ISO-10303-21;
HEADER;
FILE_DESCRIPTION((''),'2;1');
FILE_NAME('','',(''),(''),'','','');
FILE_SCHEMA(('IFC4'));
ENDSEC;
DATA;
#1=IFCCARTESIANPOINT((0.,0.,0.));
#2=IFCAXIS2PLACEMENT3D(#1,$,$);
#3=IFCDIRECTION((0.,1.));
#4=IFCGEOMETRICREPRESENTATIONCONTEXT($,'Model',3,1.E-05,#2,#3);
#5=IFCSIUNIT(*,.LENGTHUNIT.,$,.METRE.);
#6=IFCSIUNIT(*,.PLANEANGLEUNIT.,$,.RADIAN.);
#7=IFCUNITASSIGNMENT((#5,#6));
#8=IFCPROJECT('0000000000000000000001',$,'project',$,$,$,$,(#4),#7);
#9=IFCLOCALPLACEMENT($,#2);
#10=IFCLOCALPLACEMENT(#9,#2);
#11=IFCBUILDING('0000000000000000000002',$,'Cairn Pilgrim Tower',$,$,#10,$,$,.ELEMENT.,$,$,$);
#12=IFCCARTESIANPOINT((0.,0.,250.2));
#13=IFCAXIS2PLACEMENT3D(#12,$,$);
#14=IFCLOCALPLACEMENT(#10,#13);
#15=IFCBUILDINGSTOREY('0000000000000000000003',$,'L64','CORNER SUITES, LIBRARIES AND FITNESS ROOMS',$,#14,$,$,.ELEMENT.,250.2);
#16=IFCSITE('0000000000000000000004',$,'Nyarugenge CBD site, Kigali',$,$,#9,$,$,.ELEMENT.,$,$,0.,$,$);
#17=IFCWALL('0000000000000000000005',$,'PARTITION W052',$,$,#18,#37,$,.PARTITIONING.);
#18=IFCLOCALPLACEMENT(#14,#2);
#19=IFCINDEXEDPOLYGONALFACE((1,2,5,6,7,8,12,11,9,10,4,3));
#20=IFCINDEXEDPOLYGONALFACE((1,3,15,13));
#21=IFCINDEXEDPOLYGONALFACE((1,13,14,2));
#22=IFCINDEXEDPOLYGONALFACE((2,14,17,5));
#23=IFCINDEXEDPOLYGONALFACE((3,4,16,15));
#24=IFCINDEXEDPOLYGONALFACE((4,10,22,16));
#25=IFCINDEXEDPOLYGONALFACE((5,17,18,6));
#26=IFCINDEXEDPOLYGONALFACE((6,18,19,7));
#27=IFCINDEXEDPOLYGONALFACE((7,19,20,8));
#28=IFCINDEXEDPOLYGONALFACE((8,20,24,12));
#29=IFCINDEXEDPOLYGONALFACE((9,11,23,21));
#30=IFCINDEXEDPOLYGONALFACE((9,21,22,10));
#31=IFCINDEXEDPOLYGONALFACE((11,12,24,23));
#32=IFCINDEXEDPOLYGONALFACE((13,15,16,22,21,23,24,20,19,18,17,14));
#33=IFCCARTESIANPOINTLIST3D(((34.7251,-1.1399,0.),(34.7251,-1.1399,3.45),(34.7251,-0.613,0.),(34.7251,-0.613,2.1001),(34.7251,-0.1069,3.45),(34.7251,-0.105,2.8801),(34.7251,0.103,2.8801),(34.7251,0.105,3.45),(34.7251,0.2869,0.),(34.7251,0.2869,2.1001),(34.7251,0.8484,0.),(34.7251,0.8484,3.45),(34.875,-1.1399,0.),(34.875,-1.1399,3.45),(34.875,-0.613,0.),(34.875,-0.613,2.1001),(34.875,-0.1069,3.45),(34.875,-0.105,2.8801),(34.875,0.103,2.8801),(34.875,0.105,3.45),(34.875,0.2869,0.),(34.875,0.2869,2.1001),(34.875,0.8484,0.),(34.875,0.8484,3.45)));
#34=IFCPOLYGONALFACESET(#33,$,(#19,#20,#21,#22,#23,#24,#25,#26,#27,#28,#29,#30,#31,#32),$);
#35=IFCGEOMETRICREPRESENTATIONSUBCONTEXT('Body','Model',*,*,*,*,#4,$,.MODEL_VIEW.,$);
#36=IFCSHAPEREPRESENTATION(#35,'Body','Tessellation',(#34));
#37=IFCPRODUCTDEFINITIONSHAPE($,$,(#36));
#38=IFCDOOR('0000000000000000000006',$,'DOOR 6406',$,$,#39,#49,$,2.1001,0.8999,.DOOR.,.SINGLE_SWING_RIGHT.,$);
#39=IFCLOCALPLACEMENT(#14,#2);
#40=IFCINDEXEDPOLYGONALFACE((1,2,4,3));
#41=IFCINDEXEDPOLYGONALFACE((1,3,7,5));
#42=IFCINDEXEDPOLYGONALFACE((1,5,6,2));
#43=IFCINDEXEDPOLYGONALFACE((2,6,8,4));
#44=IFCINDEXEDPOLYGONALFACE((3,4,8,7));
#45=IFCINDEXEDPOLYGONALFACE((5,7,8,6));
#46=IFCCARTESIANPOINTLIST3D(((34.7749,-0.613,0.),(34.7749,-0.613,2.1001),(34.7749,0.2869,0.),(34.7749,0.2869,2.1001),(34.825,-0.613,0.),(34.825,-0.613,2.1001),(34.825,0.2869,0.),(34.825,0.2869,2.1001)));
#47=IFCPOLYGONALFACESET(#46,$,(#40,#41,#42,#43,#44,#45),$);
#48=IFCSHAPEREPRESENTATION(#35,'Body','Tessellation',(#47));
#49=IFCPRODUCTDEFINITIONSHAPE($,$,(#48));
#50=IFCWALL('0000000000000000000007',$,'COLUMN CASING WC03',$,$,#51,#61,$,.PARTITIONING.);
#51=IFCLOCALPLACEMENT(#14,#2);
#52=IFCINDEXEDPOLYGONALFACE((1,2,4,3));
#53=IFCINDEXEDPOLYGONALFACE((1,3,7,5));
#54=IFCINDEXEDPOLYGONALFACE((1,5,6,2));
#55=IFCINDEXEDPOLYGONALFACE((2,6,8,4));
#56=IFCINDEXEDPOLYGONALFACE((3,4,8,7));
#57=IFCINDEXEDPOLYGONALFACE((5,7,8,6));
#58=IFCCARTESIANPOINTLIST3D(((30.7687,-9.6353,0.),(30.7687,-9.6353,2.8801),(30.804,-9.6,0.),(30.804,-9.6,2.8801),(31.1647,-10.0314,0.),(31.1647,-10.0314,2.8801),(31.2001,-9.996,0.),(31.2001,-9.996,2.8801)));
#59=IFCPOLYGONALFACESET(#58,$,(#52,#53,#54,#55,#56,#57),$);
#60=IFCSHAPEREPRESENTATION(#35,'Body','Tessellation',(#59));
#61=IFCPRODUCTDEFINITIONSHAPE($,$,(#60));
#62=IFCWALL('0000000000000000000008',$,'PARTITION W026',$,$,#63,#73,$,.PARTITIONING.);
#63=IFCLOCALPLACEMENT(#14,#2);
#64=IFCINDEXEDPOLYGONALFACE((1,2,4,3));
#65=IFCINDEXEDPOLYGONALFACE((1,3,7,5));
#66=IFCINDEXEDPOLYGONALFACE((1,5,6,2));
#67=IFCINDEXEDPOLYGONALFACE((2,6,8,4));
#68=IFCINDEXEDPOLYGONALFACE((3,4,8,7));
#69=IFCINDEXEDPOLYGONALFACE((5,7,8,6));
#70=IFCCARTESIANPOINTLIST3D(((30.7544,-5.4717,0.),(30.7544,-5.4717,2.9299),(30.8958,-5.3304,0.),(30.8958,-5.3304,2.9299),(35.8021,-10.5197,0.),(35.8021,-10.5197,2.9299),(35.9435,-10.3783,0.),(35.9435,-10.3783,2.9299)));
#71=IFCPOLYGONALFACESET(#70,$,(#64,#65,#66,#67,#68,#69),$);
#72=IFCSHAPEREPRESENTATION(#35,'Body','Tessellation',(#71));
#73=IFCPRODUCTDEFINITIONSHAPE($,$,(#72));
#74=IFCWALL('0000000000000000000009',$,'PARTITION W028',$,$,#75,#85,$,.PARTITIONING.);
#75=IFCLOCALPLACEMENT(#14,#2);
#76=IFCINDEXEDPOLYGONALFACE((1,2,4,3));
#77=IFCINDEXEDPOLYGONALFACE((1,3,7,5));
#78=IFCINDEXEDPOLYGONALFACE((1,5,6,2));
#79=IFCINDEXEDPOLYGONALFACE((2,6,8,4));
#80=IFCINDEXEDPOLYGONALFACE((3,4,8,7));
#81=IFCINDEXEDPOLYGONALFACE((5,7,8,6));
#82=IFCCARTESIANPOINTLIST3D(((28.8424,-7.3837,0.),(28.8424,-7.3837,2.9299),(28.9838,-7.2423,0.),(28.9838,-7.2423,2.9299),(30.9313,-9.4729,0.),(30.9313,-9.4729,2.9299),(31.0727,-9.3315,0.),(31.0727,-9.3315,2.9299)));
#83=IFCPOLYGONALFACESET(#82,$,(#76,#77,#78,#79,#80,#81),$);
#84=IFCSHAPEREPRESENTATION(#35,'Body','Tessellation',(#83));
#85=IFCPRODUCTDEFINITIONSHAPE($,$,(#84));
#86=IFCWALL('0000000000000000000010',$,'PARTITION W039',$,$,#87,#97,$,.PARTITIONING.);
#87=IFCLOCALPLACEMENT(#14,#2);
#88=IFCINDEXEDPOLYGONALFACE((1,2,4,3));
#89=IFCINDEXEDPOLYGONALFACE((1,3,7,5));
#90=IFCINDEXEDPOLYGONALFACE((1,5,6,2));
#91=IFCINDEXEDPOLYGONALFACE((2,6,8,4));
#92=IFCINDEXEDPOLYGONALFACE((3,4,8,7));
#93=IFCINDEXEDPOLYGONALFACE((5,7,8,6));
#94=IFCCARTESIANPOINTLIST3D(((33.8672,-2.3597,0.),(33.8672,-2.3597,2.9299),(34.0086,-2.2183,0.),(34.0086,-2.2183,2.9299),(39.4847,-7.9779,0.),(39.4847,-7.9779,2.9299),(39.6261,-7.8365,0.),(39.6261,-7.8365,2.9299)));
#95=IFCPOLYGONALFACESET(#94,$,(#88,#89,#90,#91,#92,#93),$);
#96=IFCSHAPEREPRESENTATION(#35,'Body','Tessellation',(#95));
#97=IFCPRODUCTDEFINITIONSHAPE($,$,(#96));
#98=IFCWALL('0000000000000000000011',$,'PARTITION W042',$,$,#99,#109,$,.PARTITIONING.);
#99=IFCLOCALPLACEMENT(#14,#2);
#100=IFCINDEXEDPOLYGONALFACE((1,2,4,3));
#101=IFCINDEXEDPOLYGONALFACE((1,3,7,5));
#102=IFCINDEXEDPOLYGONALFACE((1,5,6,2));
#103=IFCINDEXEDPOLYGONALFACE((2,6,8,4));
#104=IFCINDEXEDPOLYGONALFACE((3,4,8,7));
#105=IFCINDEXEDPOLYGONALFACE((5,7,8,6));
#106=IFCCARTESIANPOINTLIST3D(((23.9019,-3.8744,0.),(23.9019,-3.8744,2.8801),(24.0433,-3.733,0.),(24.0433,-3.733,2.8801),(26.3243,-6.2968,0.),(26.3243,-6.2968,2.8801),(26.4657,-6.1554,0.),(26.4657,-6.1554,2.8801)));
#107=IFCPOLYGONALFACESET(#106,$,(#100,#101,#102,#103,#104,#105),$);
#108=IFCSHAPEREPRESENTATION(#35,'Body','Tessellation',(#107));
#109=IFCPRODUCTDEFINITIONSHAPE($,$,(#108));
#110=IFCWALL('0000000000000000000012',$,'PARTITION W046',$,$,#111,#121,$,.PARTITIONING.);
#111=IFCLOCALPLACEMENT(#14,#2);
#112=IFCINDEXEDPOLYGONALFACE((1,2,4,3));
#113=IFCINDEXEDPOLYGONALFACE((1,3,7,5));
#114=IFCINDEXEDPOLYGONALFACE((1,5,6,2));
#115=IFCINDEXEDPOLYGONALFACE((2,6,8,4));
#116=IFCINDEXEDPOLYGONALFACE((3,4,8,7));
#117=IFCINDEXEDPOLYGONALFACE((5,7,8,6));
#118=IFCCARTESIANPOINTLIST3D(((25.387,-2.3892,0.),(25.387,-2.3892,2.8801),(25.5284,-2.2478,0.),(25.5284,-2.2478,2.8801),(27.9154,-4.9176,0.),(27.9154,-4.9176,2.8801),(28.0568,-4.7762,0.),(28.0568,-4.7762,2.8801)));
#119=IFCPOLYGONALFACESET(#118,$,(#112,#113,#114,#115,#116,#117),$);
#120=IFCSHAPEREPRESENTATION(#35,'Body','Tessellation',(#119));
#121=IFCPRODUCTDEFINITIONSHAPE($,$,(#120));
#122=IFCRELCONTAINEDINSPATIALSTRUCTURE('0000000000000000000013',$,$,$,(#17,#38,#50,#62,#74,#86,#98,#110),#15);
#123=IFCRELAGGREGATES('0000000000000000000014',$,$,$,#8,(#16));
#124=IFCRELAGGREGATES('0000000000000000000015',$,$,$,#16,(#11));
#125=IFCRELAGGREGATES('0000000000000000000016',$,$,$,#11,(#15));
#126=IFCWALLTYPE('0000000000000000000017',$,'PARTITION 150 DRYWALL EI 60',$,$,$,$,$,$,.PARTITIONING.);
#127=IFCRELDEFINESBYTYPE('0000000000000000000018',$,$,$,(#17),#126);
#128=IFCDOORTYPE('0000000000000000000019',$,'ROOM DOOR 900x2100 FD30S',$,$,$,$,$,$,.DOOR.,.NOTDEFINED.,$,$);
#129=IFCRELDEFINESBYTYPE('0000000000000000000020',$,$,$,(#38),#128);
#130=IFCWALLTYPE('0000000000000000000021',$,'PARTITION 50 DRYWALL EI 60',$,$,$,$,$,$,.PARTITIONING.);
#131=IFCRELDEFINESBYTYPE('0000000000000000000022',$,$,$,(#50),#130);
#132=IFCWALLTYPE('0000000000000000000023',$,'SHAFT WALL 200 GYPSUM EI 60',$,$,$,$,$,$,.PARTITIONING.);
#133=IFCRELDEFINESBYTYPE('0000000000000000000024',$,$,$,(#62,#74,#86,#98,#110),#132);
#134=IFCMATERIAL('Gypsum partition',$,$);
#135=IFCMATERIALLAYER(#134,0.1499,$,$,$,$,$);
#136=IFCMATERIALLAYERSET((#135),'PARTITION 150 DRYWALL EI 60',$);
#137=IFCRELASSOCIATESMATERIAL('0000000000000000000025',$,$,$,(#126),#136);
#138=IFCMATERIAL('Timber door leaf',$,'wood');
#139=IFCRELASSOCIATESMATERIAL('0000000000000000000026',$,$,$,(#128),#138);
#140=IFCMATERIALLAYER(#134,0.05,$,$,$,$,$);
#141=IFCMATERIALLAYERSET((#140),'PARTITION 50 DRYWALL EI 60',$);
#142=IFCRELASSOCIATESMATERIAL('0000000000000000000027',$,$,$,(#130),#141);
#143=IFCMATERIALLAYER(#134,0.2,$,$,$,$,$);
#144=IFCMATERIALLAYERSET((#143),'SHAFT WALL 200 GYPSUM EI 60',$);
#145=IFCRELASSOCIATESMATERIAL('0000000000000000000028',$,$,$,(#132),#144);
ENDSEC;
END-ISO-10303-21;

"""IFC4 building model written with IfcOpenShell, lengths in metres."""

from ifc_helpers import new_model, si_unit, direction, frame, frame_2d, origin, place, context, subcontext, project, spatial, polyline, rectangle, outline, extrude, material, layer, layer_set, type_object, element, fill, save


model = new_model("IFC4")

# Units and contexts
model_context = context("Model", 3, precision=1e-05, world=origin(), true_north=direction((0.0, 1.0)))
body_context = subcontext(model_context, "Body", "Model", "MODEL_VIEW")
ifc_project = project(units=[si_unit("LENGTHUNIT", "METRE"), si_unit("PLANEANGLEUNIT", "RADIAN")], contexts=[model_context])

# Site, building, storey
site_placement = place(None, origin())
site = spatial("IfcSite", under=ifc_project, at=site_placement, Name="Nyarugenge CBD site, Kigali", CompositionType="ELEMENT", RefElevation=0.0)
building_placement = place(site_placement, origin())
building = spatial("IfcBuilding", under=site, at=building_placement, Name="Cairn Pilgrim Tower", CompositionType="ELEMENT")
storey_placement = place(building_placement, frame((0.0, 0.0, 250.2)))
storey = spatial("IfcBuildingStorey", under=building, at=storey_placement, Name="L64", Description="CORNER SUITES, LIBRARIES AND FITNESS ROOMS", CompositionType="ELEMENT", Elevation=250.2)

# Shared definitions
ifc_material_1 = material(Name="Gypsum partition")
ifc_layer_1 = layer(ifc_material_1, 0.1499)
ifc_layer_set_1 = layer_set([ifc_layer_1], Name="PARTITION 150 DRYWALL EI 60")
wall_type_1 = type_object("IfcWallType", Name="PARTITION 150 DRYWALL EI 60", PredefinedType="PARTITIONING", material=ifc_layer_set_1)
ifc_material_2 = material(Name="Timber door leaf", Category="wood")

# Wall, opening, door
wall_1_placement = place(storey_placement, frame((34.8, -1.1399, 0.0), z_axis=(0.0, 0.0, 1.0), x_axis=(0.0, 1.0, 0.0)))
wall_1 = element("IfcWall", 1, at=wall_1_placement, inside=storey, type_object=wall_type_1, Name="PARTITION W052", PredefinedType="PARTITIONING", context=body_context, shape_type="SweptSolid", body=[
    extrude(outline(polyline([(0.0, 0.0), (1.9883, 0.0), (1.9883, 3.45), (1.2449, 3.45), (1.2429, 2.8801), (1.0349, 2.8801), (1.033, 3.45), (0.0, 3.45), (0.0, 0.0)])), frame((0.0, 0.075, 0.0), z_axis=(0.0, -1.0, 0.0), x_axis=(1.0, 0.0, 0.0)), (0.0, 0.0, 1.0), 0.1499),
])
opening_1_placement = place(wall_1_placement, frame((0.5269, 0.0, 0.0)))
opening_1 = element("IfcOpeningElement", 2, at=opening_1_placement, cuts=wall_1, PredefinedType="OPENING", context=body_context, shape_type="SweptSolid", body=[
    extrude(rectangle(XDim=0.8999, YDim=2.1001, at=frame_2d((0.45, 1.05))), frame((0.0, 0.085, 0.0), z_axis=(0.0, -1.0, 0.0), x_axis=(1.0, 0.0, 0.0)), (0.0, 0.0, 1.0), 0.1699),
])
door_type_1 = type_object("IfcDoorType", Name="ROOM DOOR 900x2100 FD30S", OperationType="NOTDEFINED", PredefinedType="DOOR", material=ifc_material_2)
door_1_placement = place(opening_1_placement, frame((0.8999, 0.0, 0.0), z_axis=(0.0, 0.0, 1.0), x_axis=(-1.0, 0.0, 0.0)))
door_1 = element("IfcDoor", 3, at=door_1_placement, inside=storey, type_object=door_type_1, Name="DOOR 6406", OperationType="SINGLE_SWING_RIGHT", OverallHeight=2.1001, OverallWidth=0.8999, PredefinedType="DOOR", context=body_context, shape_type="SweptSolid", body=[
    extrude(rectangle(XDim=0.8999, YDim=2.1001, at=frame_2d((0.45, 1.05))), frame((0.0, 0.0249, 0.0), z_axis=(0.0, -1.0, 0.0), x_axis=(1.0, 0.0, 0.0)), (0.0, 0.0, 1.0), 0.05),
])
fill(opening_1, door_1)

# Walls
ifc_layer_2 = layer(ifc_material_1, 0.05)
ifc_layer_set_2 = layer_set([ifc_layer_2], Name="PARTITION 50 DRYWALL EI 60")
wall_type_2 = type_object("IfcWallType", Name="PARTITION 50 DRYWALL EI 60", PredefinedType="PARTITIONING", material=ifc_layer_set_2)
wall_2_placement = place(storey_placement, frame((31.1824, -10.0137, 0.0), z_axis=(0.0, 0.0, 1.0), x_axis=(-0.707107, 0.707107, 0.0)))
element("IfcWall", 4, at=wall_2_placement, inside=storey, type_object=wall_type_2, Name="COLUMN CASING WC03", PredefinedType="PARTITIONING", context=body_context, shape_type="SweptSolid", body=[
    extrude(rectangle(XDim=0.5601, YDim=0.05, at=frame_2d((0.28, 0.0))), origin(), (0.0, 0.0, 1.0), 2.8801),
])
ifc_layer_3 = layer(ifc_material_1, 0.2)
ifc_layer_set_3 = layer_set([ifc_layer_3], Name="SHAFT WALL 200 GYPSUM EI 60")
wall_type_3 = type_object("IfcWallType", Name="SHAFT WALL 200 GYPSUM EI 60", PredefinedType="PARTITIONING", material=ifc_layer_set_3)
wall_3_placement = place(storey_placement, frame((35.8728, -10.449, 0.0), z_axis=(0.0, 0.0, 1.0), x_axis=(-0.70709, 0.707124, 0.0)))
element("IfcWall", 5, at=wall_3_placement, inside=storey, type_object=wall_type_3, Name="PARTITION W026", PredefinedType="PARTITIONING", context=body_context, shape_type="SweptSolid", body=[
    extrude(rectangle(XDim=7.1387, YDim=0.2, at=frame_2d((3.5693, 0.0))), origin(), (0.0, 0.0, 1.0), 2.9299),
])
wall_4_placement = place(storey_placement, frame((31.002, -9.4021, 0.0), z_axis=(0.0, 0.0, 1.0), x_axis=(-0.707065, 0.707148, 0.0)))
element("IfcWall", 6, at=wall_4_placement, inside=storey, type_object=wall_type_3, Name="PARTITION W028", PredefinedType="PARTITIONING", context=body_context, shape_type="SweptSolid", body=[
    extrude(rectangle(XDim=2.9543, YDim=0.2, at=frame_2d((1.4771, 0.0))), origin(), (0.0, 0.0, 1.0), 2.9299),
])
wall_5_placement = place(storey_placement, frame((39.5554, -7.9072, 0.0), z_axis=(0.0, 0.0, 1.0), x_axis=(-0.707061, 0.707153, 0.0)))
element("IfcWall", 7, at=wall_5_placement, inside=storey, type_object=wall_type_3, Name="PARTITION W039", PredefinedType="PARTITIONING", context=body_context, shape_type="SweptSolid", body=[
    extrude(rectangle(XDim=7.9448, YDim=0.2, at=frame_2d((3.9724, 0.0))), origin(), (0.0, 0.0, 1.0), 2.9299),
])
wall_6_placement = place(storey_placement, frame((26.395, -6.2261, 0.0), z_axis=(0.0, 0.0, 1.0), x_axis=(-0.707107, 0.707107, 0.0)))
element("IfcWall", 8, at=wall_6_placement, inside=storey, type_object=wall_type_3, Name="PARTITION W042", PredefinedType="PARTITIONING", context=body_context, shape_type="SweptSolid", body=[
    extrude(rectangle(XDim=3.4258, YDim=0.2, at=frame_2d((1.7129, 0.0))), origin(), (0.0, 0.0, 1.0), 2.8801),
])
wall_7_placement = place(storey_placement, frame((27.9861, -4.8469, 0.0), z_axis=(0.0, 0.0, 1.0), x_axis=(-0.707107, 0.707107, 0.0)))
element("IfcWall", 9, at=wall_7_placement, inside=storey, type_object=wall_type_3, Name="PARTITION W046", PredefinedType="PARTITIONING", context=body_context, shape_type="SweptSolid", body=[
    extrude(rectangle(XDim=3.5757, YDim=0.2, at=frame_2d((1.7878, 0.0))), origin(), (0.0, 0.0, 1.0), 2.8801),
])

save(model, "model.ifc")
